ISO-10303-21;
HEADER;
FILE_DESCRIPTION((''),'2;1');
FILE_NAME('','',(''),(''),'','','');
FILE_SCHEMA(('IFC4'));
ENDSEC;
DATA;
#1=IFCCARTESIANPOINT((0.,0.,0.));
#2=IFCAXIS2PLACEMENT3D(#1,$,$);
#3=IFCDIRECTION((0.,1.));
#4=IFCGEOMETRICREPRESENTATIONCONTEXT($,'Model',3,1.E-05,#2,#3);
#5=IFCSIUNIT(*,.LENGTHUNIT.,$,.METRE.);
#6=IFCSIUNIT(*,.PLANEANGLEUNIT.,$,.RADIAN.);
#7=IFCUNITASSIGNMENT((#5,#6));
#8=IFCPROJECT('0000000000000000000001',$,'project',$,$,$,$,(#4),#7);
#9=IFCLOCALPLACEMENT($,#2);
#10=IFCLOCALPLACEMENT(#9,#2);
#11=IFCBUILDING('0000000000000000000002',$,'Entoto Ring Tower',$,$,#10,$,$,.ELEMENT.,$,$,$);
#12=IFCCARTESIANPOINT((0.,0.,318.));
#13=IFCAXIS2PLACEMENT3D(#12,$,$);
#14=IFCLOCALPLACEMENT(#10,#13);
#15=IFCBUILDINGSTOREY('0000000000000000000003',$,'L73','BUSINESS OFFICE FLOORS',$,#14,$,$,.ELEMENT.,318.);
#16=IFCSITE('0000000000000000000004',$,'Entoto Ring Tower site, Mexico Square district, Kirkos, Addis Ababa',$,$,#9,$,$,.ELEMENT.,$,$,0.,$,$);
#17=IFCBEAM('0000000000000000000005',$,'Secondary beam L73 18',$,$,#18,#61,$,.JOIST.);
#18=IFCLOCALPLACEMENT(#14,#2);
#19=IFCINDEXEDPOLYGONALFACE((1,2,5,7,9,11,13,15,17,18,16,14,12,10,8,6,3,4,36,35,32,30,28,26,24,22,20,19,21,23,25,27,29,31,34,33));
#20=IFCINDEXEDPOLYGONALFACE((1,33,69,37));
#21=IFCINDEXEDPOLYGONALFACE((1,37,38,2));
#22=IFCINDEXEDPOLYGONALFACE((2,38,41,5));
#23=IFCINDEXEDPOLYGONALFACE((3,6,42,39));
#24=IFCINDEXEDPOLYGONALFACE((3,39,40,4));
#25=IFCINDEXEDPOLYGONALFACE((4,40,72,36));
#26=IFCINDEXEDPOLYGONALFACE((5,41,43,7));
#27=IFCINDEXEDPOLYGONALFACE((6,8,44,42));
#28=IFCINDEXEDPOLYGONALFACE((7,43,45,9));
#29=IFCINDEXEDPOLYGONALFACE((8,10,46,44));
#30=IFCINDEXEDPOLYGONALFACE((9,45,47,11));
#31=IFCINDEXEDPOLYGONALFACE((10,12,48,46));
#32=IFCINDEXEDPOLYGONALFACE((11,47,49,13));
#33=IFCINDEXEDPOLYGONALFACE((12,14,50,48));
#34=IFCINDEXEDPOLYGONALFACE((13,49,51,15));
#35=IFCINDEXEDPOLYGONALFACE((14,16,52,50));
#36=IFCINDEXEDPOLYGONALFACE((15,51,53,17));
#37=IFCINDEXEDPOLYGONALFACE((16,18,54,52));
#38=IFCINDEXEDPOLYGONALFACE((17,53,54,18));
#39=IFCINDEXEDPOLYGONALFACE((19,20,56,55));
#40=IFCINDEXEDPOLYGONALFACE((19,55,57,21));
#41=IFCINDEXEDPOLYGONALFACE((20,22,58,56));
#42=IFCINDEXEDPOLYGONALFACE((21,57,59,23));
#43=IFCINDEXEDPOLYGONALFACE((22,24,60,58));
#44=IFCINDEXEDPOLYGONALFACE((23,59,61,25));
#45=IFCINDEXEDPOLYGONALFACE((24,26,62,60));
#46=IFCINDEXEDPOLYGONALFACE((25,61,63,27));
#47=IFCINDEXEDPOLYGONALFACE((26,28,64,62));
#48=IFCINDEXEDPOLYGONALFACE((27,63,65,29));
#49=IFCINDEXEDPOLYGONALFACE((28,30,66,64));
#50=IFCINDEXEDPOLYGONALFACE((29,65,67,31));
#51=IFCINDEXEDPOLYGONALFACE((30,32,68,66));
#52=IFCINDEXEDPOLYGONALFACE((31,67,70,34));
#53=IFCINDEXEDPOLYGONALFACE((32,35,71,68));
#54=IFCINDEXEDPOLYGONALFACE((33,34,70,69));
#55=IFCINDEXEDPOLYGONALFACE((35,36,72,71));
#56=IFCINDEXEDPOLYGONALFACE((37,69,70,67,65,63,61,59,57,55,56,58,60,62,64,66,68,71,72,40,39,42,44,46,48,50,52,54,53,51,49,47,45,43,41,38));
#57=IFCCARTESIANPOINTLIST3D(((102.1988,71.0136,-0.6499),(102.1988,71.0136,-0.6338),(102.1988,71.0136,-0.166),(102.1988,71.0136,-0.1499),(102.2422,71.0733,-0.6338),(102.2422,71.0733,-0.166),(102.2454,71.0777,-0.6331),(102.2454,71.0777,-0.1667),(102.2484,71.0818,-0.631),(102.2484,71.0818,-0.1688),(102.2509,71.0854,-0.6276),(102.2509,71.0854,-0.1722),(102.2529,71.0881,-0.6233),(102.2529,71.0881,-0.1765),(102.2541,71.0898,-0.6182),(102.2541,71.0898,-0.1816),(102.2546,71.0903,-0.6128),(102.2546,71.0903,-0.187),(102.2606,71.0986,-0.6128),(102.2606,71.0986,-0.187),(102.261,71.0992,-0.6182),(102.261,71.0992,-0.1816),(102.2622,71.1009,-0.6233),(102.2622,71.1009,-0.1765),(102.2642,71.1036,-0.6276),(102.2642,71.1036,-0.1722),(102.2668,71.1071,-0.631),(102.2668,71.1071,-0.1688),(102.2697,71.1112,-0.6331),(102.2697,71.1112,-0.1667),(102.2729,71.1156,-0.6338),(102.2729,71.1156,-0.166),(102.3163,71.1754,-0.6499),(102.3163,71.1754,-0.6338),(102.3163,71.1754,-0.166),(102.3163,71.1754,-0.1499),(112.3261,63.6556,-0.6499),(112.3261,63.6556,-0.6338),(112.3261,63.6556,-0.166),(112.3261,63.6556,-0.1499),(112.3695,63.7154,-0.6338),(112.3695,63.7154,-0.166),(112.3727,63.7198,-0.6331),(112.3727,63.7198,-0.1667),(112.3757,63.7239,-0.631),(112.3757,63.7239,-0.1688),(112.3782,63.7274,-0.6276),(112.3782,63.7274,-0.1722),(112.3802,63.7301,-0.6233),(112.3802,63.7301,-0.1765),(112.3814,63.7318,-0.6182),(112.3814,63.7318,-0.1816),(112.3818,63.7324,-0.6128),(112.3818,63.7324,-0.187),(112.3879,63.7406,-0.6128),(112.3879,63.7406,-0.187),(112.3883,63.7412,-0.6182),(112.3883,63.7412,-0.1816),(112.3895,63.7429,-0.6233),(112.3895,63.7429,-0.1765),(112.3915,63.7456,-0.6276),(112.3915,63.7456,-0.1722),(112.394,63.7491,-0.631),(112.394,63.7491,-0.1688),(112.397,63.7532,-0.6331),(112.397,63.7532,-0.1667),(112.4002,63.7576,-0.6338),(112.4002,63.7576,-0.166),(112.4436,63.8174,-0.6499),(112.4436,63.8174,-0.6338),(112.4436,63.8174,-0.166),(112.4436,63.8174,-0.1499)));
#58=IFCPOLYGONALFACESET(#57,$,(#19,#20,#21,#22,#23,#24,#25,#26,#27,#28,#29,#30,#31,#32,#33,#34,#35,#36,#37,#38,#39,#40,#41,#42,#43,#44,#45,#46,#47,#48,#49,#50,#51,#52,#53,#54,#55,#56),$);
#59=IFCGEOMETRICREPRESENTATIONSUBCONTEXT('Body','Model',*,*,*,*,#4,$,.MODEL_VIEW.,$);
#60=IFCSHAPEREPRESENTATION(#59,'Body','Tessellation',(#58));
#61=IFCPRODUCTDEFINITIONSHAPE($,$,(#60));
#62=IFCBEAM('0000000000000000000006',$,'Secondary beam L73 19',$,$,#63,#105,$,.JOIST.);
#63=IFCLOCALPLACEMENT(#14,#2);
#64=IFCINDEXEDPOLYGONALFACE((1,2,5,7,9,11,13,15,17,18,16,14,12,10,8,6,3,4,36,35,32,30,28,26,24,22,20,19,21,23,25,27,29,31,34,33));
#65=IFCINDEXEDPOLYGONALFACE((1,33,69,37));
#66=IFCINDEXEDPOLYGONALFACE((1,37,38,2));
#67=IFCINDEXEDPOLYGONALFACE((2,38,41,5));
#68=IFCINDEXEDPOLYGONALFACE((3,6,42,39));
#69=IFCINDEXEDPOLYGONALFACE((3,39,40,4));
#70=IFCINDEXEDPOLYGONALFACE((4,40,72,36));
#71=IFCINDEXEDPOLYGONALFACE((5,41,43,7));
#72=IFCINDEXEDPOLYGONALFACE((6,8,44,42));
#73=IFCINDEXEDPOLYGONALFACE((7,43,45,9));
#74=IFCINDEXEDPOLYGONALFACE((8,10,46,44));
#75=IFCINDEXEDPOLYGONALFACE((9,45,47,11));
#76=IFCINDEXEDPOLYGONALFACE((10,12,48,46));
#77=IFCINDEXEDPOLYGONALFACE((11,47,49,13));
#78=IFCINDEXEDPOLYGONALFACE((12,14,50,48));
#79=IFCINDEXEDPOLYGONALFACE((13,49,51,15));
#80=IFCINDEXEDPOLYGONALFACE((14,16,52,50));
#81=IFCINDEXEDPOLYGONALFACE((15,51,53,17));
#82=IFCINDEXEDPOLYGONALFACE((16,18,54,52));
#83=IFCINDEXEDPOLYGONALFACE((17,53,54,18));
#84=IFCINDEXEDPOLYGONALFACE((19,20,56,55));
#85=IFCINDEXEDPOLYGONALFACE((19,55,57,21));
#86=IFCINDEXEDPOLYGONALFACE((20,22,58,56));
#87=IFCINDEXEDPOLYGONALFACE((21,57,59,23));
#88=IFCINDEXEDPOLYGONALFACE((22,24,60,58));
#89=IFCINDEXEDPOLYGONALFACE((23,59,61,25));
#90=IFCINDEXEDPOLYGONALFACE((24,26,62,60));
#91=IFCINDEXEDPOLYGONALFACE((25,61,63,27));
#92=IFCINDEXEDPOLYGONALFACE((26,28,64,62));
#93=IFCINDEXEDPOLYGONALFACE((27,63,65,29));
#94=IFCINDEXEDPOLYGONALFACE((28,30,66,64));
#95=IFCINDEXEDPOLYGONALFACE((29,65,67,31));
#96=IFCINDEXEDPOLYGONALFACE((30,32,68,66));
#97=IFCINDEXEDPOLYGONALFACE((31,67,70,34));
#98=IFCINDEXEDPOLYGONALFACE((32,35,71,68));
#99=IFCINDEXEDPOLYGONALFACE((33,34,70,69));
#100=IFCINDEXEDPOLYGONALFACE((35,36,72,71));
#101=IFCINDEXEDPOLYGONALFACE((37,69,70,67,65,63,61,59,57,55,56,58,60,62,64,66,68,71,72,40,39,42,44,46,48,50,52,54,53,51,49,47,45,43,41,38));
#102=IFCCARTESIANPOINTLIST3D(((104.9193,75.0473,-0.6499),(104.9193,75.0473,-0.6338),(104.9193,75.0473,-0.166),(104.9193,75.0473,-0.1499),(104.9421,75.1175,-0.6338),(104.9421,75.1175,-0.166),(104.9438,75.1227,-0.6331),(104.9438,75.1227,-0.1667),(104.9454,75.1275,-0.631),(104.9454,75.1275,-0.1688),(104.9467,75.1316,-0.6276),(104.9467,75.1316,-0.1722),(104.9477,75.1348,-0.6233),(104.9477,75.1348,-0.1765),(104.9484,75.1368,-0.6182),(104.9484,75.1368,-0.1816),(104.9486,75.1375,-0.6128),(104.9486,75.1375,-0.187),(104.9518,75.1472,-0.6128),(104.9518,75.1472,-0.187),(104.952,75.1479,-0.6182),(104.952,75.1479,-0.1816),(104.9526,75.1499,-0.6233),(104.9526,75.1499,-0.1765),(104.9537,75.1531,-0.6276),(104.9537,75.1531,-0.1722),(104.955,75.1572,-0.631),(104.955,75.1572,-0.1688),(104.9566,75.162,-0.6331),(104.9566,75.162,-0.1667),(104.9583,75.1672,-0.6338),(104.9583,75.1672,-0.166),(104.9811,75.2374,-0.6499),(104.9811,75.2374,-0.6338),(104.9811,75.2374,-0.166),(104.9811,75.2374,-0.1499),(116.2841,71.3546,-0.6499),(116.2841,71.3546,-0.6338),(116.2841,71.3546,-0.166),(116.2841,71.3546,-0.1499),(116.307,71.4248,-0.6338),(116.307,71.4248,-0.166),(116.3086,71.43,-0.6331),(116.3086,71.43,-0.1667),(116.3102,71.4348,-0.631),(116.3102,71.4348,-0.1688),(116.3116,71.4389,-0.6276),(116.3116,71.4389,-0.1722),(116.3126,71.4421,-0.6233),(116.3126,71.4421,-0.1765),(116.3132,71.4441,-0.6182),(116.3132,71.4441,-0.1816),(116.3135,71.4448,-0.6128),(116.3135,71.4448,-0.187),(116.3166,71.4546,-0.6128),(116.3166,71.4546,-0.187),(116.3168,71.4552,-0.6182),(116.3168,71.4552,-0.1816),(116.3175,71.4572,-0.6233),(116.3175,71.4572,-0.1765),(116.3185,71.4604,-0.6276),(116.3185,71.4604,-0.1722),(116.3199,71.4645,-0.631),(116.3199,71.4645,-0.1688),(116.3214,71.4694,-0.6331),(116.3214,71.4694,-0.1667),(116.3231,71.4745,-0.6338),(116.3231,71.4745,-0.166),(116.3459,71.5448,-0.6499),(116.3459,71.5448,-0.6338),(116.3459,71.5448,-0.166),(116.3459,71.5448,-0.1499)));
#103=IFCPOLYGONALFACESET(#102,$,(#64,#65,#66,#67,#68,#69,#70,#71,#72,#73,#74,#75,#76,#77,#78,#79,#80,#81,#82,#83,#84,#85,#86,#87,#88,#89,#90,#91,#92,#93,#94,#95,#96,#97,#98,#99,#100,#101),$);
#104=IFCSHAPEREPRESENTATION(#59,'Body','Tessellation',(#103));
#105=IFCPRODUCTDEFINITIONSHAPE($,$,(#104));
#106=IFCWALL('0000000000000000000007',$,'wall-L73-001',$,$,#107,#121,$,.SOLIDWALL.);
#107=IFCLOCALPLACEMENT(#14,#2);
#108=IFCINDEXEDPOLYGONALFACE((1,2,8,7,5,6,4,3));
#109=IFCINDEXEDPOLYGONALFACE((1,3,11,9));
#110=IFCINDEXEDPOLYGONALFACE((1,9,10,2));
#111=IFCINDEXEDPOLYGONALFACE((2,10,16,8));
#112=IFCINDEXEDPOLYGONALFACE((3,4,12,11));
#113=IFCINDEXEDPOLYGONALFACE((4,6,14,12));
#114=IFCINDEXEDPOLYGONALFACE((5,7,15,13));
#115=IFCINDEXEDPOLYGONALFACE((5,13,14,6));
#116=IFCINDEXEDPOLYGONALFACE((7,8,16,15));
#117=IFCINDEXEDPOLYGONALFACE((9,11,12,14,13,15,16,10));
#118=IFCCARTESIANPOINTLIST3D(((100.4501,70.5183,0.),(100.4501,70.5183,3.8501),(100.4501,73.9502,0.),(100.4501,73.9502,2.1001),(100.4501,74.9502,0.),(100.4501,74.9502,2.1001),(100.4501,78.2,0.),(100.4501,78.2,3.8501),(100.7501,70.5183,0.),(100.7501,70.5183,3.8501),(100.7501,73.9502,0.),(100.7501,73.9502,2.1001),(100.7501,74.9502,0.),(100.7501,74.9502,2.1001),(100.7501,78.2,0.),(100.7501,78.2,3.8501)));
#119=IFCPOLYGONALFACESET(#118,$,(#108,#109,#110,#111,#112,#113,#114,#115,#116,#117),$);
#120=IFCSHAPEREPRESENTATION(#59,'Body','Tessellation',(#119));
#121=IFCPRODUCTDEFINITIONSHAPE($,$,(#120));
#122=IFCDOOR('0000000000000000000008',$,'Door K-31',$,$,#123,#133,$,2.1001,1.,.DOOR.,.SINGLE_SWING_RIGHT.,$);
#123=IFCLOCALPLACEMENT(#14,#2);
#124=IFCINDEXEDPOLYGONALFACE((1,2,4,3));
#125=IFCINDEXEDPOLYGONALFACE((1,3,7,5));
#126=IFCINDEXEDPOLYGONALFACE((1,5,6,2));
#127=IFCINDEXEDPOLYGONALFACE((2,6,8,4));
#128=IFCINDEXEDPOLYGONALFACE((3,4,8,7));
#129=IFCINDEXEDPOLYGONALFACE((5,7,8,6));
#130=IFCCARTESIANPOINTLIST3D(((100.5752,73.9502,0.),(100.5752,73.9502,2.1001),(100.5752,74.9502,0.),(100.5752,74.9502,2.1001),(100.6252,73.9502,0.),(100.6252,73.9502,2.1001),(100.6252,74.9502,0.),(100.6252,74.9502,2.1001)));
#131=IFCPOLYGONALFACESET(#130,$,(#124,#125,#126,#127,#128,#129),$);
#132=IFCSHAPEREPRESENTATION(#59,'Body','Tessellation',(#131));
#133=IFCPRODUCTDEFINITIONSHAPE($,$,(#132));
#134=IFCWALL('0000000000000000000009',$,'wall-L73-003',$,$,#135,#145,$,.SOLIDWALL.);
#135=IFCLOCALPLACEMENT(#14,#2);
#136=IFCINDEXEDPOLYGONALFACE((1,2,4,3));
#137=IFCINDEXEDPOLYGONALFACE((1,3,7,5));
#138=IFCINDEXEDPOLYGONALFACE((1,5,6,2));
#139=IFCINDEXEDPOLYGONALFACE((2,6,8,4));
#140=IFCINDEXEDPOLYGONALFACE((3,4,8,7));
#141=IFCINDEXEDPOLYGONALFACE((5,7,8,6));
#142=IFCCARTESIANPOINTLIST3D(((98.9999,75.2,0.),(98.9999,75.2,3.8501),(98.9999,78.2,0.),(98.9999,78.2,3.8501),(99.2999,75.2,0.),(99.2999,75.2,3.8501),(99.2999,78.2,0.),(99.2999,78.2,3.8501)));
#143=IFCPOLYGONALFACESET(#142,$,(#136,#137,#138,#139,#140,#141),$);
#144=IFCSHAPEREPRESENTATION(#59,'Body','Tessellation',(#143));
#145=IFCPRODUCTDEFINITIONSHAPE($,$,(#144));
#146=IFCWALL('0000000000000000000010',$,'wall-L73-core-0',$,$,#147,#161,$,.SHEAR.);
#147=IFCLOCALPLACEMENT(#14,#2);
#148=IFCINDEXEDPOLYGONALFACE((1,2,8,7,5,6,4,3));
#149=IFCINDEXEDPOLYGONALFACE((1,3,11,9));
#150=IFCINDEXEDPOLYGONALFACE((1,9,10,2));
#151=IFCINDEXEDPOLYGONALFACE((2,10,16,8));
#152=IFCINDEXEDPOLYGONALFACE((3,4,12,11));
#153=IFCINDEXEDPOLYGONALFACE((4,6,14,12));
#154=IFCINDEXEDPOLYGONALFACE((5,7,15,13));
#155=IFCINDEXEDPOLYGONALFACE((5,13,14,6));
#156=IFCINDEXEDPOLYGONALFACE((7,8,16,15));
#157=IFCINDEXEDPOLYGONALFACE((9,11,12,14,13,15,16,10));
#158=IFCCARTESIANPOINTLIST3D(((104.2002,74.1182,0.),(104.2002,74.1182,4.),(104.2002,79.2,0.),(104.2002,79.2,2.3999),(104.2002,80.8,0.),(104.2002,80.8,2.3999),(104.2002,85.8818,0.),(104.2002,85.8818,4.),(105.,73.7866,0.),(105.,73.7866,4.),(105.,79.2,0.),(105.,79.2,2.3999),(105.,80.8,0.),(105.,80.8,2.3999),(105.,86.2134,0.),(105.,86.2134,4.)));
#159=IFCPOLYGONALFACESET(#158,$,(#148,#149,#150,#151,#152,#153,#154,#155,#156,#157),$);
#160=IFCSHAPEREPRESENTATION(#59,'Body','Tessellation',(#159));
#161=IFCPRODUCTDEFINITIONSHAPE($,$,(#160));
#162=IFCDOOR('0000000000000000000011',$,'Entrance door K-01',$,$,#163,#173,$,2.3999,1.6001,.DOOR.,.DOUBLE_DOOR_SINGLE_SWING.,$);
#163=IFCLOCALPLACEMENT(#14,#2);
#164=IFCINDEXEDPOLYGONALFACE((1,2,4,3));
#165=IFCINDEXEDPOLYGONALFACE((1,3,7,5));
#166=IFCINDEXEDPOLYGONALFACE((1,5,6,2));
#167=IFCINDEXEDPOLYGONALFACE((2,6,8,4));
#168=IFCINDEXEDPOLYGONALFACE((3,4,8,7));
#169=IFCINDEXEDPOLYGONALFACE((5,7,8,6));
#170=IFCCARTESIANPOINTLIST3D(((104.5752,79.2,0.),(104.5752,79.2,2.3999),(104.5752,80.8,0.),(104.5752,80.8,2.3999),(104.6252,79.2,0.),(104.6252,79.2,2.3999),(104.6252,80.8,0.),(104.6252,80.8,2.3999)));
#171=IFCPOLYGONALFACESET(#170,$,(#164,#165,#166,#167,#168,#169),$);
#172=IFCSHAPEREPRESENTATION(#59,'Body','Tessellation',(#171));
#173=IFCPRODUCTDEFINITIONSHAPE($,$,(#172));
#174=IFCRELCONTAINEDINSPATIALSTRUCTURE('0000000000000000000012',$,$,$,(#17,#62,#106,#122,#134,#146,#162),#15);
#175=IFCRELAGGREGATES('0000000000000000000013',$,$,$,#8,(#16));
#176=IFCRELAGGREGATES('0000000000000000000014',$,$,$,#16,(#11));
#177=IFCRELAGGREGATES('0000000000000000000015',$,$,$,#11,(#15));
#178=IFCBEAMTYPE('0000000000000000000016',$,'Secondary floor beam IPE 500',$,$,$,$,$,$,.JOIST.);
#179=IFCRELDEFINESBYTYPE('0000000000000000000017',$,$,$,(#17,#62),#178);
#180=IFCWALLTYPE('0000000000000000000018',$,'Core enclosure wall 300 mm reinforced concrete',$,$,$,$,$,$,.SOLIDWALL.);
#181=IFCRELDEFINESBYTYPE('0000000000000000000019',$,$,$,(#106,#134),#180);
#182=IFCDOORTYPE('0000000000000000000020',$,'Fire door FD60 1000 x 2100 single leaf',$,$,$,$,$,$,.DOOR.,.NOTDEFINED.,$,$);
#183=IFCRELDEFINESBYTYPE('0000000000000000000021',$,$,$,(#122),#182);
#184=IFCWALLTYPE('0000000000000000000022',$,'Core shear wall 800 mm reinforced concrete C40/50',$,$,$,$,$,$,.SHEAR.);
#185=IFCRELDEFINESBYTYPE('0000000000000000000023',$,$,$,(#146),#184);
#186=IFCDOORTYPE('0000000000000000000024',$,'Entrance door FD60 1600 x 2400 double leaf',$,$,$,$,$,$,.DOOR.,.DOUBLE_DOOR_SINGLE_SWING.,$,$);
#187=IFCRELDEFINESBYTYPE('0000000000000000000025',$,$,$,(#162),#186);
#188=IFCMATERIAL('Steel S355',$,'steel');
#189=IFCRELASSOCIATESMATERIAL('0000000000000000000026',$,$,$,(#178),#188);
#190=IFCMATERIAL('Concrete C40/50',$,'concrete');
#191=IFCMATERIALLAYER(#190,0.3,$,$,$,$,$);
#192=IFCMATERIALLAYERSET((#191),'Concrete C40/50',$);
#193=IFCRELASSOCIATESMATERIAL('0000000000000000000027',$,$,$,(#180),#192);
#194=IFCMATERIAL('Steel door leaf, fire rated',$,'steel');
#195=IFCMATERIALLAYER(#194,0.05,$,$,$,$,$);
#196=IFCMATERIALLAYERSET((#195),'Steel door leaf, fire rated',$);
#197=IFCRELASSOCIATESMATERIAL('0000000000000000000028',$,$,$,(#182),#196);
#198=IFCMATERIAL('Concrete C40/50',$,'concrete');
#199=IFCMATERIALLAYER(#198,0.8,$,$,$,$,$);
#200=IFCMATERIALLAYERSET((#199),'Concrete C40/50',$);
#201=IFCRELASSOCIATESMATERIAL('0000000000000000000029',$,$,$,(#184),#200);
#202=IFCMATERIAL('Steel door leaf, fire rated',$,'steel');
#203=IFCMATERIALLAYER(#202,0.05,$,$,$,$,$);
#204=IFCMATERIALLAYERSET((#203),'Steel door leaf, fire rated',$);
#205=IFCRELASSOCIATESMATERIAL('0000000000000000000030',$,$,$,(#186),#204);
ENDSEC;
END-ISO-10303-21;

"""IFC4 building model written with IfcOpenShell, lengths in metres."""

from ifc_helpers import new_model, si_unit, direction, frame, frame_2d, origin, origin_2d, place, context, subcontext, project, spatial, polyline, rectangle, i_section, outline, extrude, material, layer, layer_set, material_profile, profile_set, type_object, element, fill, save


model = new_model("IFC4")

# Units and contexts
model_context = context("Model", 3, precision=1e-05, world=origin(), true_north=direction((0.0, 1.0)))
body_context = subcontext(model_context, "Body", "Model", "MODEL_VIEW")
ifc_project = project(units=[si_unit("LENGTHUNIT", "METRE"), si_unit("PLANEANGLEUNIT", "RADIAN")], contexts=[model_context])

# Site, building, storey
site_placement = place(None, origin())
site = spatial("IfcSite", under=ifc_project, at=site_placement, Name="Entoto Ring Tower site, Mexico Square district, Kirkos, Addis Ababa", CompositionType="ELEMENT", RefElevation=0.0)
building_placement = place(site_placement, origin())
building = spatial("IfcBuilding", under=site, at=building_placement, Name="Entoto Ring Tower", CompositionType="ELEMENT")
storey_placement = place(building_placement, frame((0.0, 0.0, 318.0)))
storey = spatial("IfcBuildingStorey", under=building, at=storey_placement, Name="L73", Description="BUSINESS OFFICE FLOORS", CompositionType="ELEMENT", Elevation=318.0)

# Beams
ifc_material_1 = material(Name="Steel S355", Category="steel")
ifc_material_profile_1 = material_profile(ifc_material_1, i_section(OverallWidth=0.2, OverallDepth=0.5, WebThickness=0.0103, FlangeThickness=0.0161, FilletRadius=0.021, at=origin_2d()), Name="IPE 500")
ifc_profile_set_1 = profile_set([ifc_material_profile_1], Name="Steel S355")
beam_type_1 = type_object("IfcBeamType", Name="Secondary floor beam IPE 500", PredefinedType="JOIST", material=ifc_profile_set_1)
for number, where, z_axis, x_axis, name in (
    (1, (102.2576, 71.0945, -0.3999), (0.809014, -0.587789, 0.0), (0.587789, 0.809014, 0.0), "Secondary beam L73 18"),
):
    element("IfcBeam", number, at=place(storey_placement, frame(where, z_axis=z_axis, x_axis=x_axis)), inside=storey, type_object=beam_type_1, Name=name, PredefinedType="JOIST", context=body_context, shape_type="SweptSolid", body=[
        extrude(i_section(OverallWidth=0.2, OverallDepth=0.5, WebThickness=0.0103, FlangeThickness=0.0161, FilletRadius=0.021, at=origin_2d()), origin(), (0.0, 0.0, 1.0), 12.5181),
    ])
beam_1_placement = place(storey_placement, frame((104.9502, 75.1423, -0.3999), z_axis=(0.951057, -0.309017, 0.0), x_axis=(0.309017, 0.951057, 0.0)))
element("IfcBeam", 2, at=beam_1_placement, inside=storey, type_object=beam_type_1, Name="Secondary beam L73 19", PredefinedType="JOIST", context=body_context, shape_type="SweptSolid", body=[
    extrude(i_section(OverallWidth=0.2, OverallDepth=0.5, WebThickness=0.0103, FlangeThickness=0.0161, FilletRadius=0.021, at=origin_2d()), origin(), (0.0, 0.0, 1.0), 11.9497),
])

# Wall, opening, door
ifc_material_2 = material(Name="Concrete C40/50", Category="concrete")
ifc_layer_1 = layer(ifc_material_2, 0.3)
ifc_layer_set_1 = layer_set([ifc_layer_1], Name="Concrete C40/50")
wall_type_1 = type_object("IfcWallType", Name="Core enclosure wall 300 mm reinforced concrete", PredefinedType="SOLIDWALL", material=ifc_layer_set_1)
wall_1_placement = place(storey_placement, frame((100.6001, 70.5183, 0.0), z_axis=(0.0, 0.0, 1.0), x_axis=(0.0, 1.0, 0.0)))
wall_1 = element("IfcWall", 3, at=wall_1_placement, inside=storey, type_object=wall_type_1, Name="wall-L73-001", PredefinedType="SOLIDWALL", context=body_context, shape_type="SweptSolid", body=[
    extrude(rectangle(XDim=7.6816, YDim=0.3, at=frame_2d((3.8408, 0.0))), origin(), (0.0, 0.0, 1.0), 3.8501),
])
opening_1_placement = place(wall_1_placement, frame((3.4319, 0.0, 0.0)))
opening_1 = element("IfcOpeningElement", 4, at=opening_1_placement, cuts=wall_1, PredefinedType="OPENING", context=body_context, shape_type="SweptSolid", body=[
    extrude(rectangle(XDim=1.0, YDim=2.1001, at=frame_2d((0.5, 1.05))), frame((0.0, 0.1602, 0.0), z_axis=(0.0, -1.0, 0.0), x_axis=(1.0, 0.0, 0.0)), (0.0, 0.0, 1.0), 0.3201),
])
ifc_material_3 = material(Name="Steel door leaf, fire rated", Category="steel")
ifc_layer_2 = layer(ifc_material_3, 0.05)
ifc_layer_set_2 = layer_set([ifc_layer_2], Name="Steel door leaf, fire rated")
door_type_1 = type_object("IfcDoorType", Name="Fire door FD60 1000 x 2100 single leaf", OperationType="NOTDEFINED", PredefinedType="DOOR", material=ifc_layer_set_2)
door_1_placement = place(opening_1_placement, origin())
door_1 = element("IfcDoor", 5, at=door_1_placement, inside=storey, type_object=door_type_1, Name="Door K-31", OperationType="SINGLE_SWING_RIGHT", OverallHeight=2.1001, OverallWidth=1.0, PredefinedType="DOOR", context=body_context, shape_type="SweptSolid", body=[
    extrude(rectangle(XDim=1.0, YDim=2.1001, at=frame_2d((0.5, 1.05))), frame((0.0, 0.0249, 0.0), z_axis=(0.0, -1.0, 0.0), x_axis=(1.0, 0.0, 0.0)), (0.0, 0.0, 1.0), 0.05),
])
fill(opening_1, door_1)

# Wall
wall_2_placement = place(storey_placement, frame((99.1499, 75.2, 0.0), z_axis=(0.0, 0.0, 1.0), x_axis=(0.0, 1.0, 0.0)))
element("IfcWall", 6, at=wall_2_placement, inside=storey, type_object=wall_type_1, Name="wall-L73-003", PredefinedType="SOLIDWALL", context=body_context, shape_type="SweptSolid", body=[
    extrude(rectangle(XDim=3.0, YDim=0.3, at=frame_2d((1.5, 0.0))), origin(), (0.0, 0.0, 1.0), 3.8501),
])

# Wall, opening, door
ifc_material_4 = material(Name="Concrete C40/50", Category="concrete")
ifc_layer_3 = layer(ifc_material_4, 0.8)
ifc_layer_set_3 = layer_set([ifc_layer_3], Name="Concrete C40/50")
wall_type_2 = type_object("IfcWallType", Name="Core shear wall 800 mm reinforced concrete C40/50", PredefinedType="SHEAR", material=ifc_layer_set_3)
wall_3_placement = place(storey_placement, frame((104.6001, 73.9524, 0.0), z_axis=(0.0, 0.0, 1.0), x_axis=(0.0, 1.0, 0.0)))
wall_3 = element("IfcWall", 7, at=wall_3_placement, inside=storey, type_object=wall_type_2, Name="wall-L73-core-0", PredefinedType="SHEAR", context=body_context, shape_type="SweptSolid", body=[
    extrude(outline(polyline([(-0.1658, -0.3999), (12.261, -0.3999), (11.9294, 0.3999), (0.1658, 0.3999), (-0.1658, -0.3999)])), origin(), (0.0, 0.0, 1.0), 4.0),
])
opening_2_placement = place(wall_3_placement, frame((5.2476, 0.0, 0.0)))
opening_2 = element("IfcOpeningElement", 8, at=opening_2_placement, cuts=wall_3, PredefinedType="OPENING", context=body_context, shape_type="SweptSolid", body=[
    extrude(rectangle(XDim=1.6001, YDim=2.3999, at=frame_2d((0.8, 1.2))), frame((0.0, 0.4102, 0.0), z_axis=(0.0, -1.0, 0.0), x_axis=(1.0, 0.0, 0.0)), (0.0, 0.0, 1.0), 0.8201),
])
ifc_material_5 = material(Name="Steel door leaf, fire rated", Category="steel")
ifc_layer_4 = layer(ifc_material_5, 0.05)
ifc_layer_set_4 = layer_set([ifc_layer_4], Name="Steel door leaf, fire rated")
door_type_2 = type_object("IfcDoorType", Name="Entrance door FD60 1600 x 2400 double leaf", OperationType="DOUBLE_DOOR_SINGLE_SWING", PredefinedType="DOOR", material=ifc_layer_set_4)
door_2_placement = place(opening_2_placement, origin())
door_2 = element("IfcDoor", 9, at=door_2_placement, inside=storey, type_object=door_type_2, Name="Entrance door K-01", OperationType="DOUBLE_DOOR_SINGLE_SWING", OverallHeight=2.3999, OverallWidth=1.6001, PredefinedType="DOOR", context=body_context, shape_type="SweptSolid", body=[
    extrude(rectangle(XDim=1.6001, YDim=2.3999, at=frame_2d((0.8, 1.2))), frame((0.0, 0.0249, 0.0), z_axis=(0.0, -1.0, 0.0), x_axis=(1.0, 0.0, 0.0)), (0.0, 0.0, 1.0), 0.05),
])
fill(opening_2, door_2)

save(model, "model.ifc")
